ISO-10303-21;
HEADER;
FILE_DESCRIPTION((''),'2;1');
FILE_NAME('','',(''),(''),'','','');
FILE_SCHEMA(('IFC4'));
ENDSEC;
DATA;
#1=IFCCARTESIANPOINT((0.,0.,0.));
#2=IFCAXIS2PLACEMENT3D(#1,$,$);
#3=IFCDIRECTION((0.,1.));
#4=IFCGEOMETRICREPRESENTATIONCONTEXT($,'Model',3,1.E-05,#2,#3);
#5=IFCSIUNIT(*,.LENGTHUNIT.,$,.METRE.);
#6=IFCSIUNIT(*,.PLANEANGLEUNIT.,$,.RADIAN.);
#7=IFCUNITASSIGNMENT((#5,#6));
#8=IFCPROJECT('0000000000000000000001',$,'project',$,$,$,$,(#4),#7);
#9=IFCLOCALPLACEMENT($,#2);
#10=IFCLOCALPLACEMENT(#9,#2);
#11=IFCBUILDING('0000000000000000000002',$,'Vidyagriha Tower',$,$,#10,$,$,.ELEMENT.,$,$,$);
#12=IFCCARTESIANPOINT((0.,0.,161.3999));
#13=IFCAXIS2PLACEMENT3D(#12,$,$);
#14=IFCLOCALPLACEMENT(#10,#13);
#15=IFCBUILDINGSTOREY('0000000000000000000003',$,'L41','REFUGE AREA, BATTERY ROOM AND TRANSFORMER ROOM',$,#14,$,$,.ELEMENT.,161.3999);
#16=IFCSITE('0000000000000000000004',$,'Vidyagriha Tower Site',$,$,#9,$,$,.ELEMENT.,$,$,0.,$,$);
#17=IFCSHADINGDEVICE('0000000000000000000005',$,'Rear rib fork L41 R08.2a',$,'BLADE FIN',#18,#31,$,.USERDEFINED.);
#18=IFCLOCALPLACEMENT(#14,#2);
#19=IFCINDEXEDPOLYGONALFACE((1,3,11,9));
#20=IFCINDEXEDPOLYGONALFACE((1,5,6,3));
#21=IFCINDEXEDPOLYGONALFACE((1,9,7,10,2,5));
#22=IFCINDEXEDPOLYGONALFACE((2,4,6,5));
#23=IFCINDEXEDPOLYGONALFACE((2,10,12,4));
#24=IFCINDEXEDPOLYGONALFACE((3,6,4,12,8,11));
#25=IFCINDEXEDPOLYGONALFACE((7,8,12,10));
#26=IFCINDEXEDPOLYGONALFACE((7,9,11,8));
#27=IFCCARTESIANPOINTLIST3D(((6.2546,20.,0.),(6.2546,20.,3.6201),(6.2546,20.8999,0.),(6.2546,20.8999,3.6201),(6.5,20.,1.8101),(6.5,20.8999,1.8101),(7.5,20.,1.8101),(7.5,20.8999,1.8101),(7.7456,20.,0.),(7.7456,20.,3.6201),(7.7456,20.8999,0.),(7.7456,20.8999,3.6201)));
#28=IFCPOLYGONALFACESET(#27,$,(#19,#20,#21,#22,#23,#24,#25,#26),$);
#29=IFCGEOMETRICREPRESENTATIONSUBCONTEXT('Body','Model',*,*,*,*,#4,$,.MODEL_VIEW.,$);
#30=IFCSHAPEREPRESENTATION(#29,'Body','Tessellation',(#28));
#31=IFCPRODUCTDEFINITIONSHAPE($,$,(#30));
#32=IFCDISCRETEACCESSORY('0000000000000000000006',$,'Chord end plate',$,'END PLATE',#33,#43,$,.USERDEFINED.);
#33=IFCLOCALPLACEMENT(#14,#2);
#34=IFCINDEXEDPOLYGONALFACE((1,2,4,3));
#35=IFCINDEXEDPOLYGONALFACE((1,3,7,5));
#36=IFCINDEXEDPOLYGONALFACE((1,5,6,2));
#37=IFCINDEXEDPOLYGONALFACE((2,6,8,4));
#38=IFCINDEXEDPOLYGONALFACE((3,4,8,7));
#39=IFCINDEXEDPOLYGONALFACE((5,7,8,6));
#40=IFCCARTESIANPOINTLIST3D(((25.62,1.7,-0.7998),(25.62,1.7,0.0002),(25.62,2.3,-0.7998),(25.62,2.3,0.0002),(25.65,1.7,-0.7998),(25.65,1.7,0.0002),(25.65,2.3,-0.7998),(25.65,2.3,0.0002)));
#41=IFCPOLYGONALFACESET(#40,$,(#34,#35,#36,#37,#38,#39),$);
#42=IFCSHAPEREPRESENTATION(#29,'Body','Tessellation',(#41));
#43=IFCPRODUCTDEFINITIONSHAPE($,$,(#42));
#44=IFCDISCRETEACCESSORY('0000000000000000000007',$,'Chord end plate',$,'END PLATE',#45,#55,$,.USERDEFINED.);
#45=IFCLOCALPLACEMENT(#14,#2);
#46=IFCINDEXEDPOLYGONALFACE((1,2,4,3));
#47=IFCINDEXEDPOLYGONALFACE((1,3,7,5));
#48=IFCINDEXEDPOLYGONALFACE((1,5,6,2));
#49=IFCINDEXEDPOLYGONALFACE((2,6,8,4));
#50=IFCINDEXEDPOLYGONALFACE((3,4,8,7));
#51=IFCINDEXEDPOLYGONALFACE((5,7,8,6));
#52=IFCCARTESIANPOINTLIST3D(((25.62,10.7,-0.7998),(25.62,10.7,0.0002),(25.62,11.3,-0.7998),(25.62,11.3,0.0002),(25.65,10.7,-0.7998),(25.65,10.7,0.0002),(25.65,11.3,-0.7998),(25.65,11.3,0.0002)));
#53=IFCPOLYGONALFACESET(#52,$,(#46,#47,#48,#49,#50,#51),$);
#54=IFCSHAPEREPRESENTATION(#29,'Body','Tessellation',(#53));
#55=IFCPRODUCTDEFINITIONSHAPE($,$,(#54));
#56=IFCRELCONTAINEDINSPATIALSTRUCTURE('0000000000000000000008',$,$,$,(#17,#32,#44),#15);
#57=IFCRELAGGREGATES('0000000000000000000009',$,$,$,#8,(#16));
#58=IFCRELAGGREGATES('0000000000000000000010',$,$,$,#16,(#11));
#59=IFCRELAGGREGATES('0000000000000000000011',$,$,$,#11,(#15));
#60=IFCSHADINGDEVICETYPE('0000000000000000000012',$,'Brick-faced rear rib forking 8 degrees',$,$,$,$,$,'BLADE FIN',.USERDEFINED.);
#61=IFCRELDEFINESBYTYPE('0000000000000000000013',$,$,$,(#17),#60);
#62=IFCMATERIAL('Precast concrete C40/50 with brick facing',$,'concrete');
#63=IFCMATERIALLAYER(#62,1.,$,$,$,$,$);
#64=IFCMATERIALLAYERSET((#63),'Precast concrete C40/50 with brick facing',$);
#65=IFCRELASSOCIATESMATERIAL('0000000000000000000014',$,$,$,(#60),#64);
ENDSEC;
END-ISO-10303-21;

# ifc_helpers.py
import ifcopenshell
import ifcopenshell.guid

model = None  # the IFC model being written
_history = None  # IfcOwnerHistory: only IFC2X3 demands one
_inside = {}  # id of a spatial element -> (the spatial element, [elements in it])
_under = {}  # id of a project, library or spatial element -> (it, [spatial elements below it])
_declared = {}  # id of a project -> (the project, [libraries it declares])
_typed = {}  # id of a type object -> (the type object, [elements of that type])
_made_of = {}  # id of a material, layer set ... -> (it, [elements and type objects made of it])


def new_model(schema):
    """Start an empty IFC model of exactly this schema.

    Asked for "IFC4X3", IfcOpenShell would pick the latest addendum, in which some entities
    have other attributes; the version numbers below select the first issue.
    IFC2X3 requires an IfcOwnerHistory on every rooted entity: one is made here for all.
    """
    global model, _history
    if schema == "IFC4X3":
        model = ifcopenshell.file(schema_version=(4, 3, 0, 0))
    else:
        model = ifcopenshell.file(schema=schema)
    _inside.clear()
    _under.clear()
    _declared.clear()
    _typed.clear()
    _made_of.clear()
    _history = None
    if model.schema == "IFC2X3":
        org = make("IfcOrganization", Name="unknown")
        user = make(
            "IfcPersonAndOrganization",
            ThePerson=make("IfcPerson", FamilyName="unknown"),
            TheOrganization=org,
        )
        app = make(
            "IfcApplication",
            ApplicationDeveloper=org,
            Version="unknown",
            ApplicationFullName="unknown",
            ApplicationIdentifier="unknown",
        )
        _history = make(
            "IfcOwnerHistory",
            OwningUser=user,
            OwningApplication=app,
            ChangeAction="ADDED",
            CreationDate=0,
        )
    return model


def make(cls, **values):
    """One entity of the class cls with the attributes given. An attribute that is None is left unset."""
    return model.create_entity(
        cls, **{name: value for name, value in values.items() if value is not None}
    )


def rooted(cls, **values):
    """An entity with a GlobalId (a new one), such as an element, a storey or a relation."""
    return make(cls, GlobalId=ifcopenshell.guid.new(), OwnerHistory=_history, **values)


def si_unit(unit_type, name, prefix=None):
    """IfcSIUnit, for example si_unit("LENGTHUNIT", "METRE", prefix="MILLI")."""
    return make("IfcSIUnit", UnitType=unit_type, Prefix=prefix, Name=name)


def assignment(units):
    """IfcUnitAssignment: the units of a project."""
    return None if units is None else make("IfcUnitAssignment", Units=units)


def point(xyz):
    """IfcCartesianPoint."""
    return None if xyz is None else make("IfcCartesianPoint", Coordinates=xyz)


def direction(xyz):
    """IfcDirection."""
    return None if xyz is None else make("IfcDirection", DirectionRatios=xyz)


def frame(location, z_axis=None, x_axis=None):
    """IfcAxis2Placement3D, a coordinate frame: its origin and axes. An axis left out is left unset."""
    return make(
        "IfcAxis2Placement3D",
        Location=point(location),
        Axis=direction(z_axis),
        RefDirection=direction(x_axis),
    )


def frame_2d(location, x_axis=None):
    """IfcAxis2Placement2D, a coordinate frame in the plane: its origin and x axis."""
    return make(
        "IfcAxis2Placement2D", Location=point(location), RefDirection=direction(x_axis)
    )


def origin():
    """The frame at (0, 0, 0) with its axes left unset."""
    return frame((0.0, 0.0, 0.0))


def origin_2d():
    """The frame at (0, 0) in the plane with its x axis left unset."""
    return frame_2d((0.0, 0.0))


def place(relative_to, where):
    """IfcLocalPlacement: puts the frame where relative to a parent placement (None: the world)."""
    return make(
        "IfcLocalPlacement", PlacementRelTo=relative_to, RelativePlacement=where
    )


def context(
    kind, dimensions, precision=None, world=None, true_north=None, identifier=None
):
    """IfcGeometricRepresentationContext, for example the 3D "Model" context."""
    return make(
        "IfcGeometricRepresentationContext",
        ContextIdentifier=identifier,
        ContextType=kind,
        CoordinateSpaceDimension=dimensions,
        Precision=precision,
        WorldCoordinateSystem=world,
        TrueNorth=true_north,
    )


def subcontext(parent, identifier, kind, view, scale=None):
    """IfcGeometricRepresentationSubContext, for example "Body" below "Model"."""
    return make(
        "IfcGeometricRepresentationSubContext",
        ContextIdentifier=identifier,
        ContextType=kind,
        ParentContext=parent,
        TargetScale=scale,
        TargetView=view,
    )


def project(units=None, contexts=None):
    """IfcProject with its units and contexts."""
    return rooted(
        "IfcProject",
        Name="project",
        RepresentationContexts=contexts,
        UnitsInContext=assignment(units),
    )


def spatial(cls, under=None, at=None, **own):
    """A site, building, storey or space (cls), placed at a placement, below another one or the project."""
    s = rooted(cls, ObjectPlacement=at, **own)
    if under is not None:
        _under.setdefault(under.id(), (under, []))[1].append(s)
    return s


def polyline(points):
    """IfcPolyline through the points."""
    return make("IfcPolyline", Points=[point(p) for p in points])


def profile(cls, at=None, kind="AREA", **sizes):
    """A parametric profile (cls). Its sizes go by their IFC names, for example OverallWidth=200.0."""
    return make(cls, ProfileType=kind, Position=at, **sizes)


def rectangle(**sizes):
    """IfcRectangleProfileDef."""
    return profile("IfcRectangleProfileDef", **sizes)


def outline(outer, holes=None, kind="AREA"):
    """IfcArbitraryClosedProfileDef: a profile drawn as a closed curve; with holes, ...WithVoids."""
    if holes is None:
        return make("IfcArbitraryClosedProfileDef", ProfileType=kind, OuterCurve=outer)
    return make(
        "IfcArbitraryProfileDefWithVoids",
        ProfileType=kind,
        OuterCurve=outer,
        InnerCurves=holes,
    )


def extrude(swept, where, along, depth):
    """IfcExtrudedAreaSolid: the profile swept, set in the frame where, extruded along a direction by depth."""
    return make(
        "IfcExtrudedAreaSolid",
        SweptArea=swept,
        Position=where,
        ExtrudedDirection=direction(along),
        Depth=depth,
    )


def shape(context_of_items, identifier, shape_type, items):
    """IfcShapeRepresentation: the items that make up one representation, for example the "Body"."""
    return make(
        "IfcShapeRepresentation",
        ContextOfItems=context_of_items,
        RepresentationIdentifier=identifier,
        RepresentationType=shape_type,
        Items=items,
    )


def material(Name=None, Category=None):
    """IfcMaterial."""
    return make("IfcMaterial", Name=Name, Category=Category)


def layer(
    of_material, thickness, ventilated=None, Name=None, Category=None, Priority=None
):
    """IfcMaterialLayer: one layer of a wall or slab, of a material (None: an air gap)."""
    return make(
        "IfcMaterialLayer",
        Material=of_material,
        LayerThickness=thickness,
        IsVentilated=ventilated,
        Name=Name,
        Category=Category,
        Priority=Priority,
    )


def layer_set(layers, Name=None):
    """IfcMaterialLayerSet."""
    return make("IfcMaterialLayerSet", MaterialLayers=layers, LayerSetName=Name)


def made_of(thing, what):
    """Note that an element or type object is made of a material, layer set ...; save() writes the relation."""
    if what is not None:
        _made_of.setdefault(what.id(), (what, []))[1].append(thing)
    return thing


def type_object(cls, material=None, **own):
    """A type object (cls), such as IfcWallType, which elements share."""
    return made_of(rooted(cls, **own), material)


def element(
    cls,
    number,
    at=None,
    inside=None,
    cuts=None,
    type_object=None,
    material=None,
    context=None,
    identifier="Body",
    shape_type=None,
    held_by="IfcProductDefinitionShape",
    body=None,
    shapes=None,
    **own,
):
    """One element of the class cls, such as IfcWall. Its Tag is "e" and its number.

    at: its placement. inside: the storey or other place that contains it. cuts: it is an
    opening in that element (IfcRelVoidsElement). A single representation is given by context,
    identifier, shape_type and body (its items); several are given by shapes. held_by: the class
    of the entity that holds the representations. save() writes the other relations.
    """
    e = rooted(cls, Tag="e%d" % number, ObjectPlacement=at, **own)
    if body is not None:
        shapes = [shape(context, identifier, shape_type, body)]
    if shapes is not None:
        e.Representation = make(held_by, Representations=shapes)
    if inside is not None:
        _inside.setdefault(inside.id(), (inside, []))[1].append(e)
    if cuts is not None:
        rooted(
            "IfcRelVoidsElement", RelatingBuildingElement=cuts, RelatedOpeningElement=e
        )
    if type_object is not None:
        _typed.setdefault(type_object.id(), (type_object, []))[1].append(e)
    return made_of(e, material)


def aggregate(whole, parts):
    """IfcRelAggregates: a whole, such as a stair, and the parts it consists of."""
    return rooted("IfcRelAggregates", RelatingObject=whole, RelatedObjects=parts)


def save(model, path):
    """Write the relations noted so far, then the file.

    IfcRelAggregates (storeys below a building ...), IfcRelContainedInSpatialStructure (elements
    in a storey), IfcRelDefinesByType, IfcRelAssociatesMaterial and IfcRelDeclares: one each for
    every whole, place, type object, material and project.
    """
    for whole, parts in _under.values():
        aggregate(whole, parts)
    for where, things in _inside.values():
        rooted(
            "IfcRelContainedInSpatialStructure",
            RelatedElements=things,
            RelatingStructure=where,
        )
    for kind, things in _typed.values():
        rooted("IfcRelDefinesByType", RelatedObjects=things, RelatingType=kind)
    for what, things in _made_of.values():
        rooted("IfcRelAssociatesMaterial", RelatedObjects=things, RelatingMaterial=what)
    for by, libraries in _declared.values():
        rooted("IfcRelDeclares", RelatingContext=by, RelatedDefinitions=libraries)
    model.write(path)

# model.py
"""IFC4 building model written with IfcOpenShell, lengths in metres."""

from ifc_helpers import new_model, si_unit, direction, frame, origin, origin_2d, place, context, subcontext, project, spatial, polyline, rectangle, outline, extrude, material, layer, layer_set, type_object, element, save


model = new_model("IFC4")

# Units and contexts
model_context = context("Model", 3, precision=1e-05, world=origin(), true_north=direction((0.0, 1.0)))
body_context = subcontext(model_context, "Body", "Model", "MODEL_VIEW")
ifc_project = project(units=[si_unit("LENGTHUNIT", "METRE"), si_unit("PLANEANGLEUNIT", "RADIAN")], contexts=[model_context])

# Site, building, storey
site_placement = place(None, origin())
site = spatial("IfcSite", under=ifc_project, at=site_placement, Name="Vidyagriha Tower Site", CompositionType="ELEMENT", RefElevation=0.0)
building_placement = place(site_placement, origin())
building = spatial("IfcBuilding", under=site, at=building_placement, Name="Vidyagriha Tower", CompositionType="ELEMENT")
storey_placement = place(building_placement, frame((0.0, 0.0, 161.3999)))
storey = spatial("IfcBuildingStorey", under=building, at=storey_placement, Name="L41", Description="REFUGE AREA, BATTERY ROOM AND TRANSFORMER ROOM", CompositionType="ELEMENT", Elevation=161.3999)

# Shading device
ifc_material_1 = material(Name="Precast concrete C40/50 with brick facing", Category="concrete")
ifc_layer_1 = layer(ifc_material_1, 1.0)
ifc_layer_set_1 = layer_set([ifc_layer_1], Name="Precast concrete C40/50 with brick facing")
shading_device_type_1 = type_object("IfcShadingDeviceType", Name="Brick-faced rear rib forking 8 degrees", ElementType="BLADE FIN", PredefinedType="USERDEFINED", material=ifc_layer_set_1)
shading_device_1_placement = place(storey_placement, frame((7.7456, 20.45, 0.0), z_axis=(0.0, 0.0, 1.0), x_axis=(-1.0, 0.0, 0.0)))
element("IfcShadingDevice", 1, at=shading_device_1_placement, inside=storey, type_object=shading_device_type_1, Name="Rear rib fork L41 R08.2a", ObjectType="BLADE FIN", PredefinedType="USERDEFINED", context=body_context, shape_type="SweptSolid", body=[
    extrude(outline(polyline([(0.0, 0.0), (1.491, 0.0), (1.2456, 1.8101), (1.491, 3.6201), (0.0, 3.6201), (0.2456, 1.8101), (0.0, 0.0)])), frame((0.0, 0.45, 0.0), z_axis=(0.0, -1.0, 0.0), x_axis=(1.0, 0.0, 0.0)), (0.0, 0.0, 1.0), 0.8999),
])

# Discrete accessories
for number, where, z_axis, x_axis, name in (
    (2, (25.635, 2.0, -0.7998), (0.0, 0.0, 1.0), (-1.0, 0.0, 0.0), "Chord end plate"),
    (3, (25.635, 11.0, -0.7998), (0.0, 0.0, 1.0), (-1.0, 0.0, 0.0), "Chord end plate"),
):
    element("IfcDiscreteAccessory", number, at=place(storey_placement, frame(where, z_axis=z_axis, x_axis=x_axis)), inside=storey, Name=name, ObjectType="END PLATE", PredefinedType="USERDEFINED", context=body_context, shape_type="SweptSolid", body=[
        extrude(rectangle(XDim=0.03, YDim=0.6001, at=origin_2d()), origin(), (0.0, 0.0, 1.0), 0.8),
    ])

save(model, "model.ifc")
